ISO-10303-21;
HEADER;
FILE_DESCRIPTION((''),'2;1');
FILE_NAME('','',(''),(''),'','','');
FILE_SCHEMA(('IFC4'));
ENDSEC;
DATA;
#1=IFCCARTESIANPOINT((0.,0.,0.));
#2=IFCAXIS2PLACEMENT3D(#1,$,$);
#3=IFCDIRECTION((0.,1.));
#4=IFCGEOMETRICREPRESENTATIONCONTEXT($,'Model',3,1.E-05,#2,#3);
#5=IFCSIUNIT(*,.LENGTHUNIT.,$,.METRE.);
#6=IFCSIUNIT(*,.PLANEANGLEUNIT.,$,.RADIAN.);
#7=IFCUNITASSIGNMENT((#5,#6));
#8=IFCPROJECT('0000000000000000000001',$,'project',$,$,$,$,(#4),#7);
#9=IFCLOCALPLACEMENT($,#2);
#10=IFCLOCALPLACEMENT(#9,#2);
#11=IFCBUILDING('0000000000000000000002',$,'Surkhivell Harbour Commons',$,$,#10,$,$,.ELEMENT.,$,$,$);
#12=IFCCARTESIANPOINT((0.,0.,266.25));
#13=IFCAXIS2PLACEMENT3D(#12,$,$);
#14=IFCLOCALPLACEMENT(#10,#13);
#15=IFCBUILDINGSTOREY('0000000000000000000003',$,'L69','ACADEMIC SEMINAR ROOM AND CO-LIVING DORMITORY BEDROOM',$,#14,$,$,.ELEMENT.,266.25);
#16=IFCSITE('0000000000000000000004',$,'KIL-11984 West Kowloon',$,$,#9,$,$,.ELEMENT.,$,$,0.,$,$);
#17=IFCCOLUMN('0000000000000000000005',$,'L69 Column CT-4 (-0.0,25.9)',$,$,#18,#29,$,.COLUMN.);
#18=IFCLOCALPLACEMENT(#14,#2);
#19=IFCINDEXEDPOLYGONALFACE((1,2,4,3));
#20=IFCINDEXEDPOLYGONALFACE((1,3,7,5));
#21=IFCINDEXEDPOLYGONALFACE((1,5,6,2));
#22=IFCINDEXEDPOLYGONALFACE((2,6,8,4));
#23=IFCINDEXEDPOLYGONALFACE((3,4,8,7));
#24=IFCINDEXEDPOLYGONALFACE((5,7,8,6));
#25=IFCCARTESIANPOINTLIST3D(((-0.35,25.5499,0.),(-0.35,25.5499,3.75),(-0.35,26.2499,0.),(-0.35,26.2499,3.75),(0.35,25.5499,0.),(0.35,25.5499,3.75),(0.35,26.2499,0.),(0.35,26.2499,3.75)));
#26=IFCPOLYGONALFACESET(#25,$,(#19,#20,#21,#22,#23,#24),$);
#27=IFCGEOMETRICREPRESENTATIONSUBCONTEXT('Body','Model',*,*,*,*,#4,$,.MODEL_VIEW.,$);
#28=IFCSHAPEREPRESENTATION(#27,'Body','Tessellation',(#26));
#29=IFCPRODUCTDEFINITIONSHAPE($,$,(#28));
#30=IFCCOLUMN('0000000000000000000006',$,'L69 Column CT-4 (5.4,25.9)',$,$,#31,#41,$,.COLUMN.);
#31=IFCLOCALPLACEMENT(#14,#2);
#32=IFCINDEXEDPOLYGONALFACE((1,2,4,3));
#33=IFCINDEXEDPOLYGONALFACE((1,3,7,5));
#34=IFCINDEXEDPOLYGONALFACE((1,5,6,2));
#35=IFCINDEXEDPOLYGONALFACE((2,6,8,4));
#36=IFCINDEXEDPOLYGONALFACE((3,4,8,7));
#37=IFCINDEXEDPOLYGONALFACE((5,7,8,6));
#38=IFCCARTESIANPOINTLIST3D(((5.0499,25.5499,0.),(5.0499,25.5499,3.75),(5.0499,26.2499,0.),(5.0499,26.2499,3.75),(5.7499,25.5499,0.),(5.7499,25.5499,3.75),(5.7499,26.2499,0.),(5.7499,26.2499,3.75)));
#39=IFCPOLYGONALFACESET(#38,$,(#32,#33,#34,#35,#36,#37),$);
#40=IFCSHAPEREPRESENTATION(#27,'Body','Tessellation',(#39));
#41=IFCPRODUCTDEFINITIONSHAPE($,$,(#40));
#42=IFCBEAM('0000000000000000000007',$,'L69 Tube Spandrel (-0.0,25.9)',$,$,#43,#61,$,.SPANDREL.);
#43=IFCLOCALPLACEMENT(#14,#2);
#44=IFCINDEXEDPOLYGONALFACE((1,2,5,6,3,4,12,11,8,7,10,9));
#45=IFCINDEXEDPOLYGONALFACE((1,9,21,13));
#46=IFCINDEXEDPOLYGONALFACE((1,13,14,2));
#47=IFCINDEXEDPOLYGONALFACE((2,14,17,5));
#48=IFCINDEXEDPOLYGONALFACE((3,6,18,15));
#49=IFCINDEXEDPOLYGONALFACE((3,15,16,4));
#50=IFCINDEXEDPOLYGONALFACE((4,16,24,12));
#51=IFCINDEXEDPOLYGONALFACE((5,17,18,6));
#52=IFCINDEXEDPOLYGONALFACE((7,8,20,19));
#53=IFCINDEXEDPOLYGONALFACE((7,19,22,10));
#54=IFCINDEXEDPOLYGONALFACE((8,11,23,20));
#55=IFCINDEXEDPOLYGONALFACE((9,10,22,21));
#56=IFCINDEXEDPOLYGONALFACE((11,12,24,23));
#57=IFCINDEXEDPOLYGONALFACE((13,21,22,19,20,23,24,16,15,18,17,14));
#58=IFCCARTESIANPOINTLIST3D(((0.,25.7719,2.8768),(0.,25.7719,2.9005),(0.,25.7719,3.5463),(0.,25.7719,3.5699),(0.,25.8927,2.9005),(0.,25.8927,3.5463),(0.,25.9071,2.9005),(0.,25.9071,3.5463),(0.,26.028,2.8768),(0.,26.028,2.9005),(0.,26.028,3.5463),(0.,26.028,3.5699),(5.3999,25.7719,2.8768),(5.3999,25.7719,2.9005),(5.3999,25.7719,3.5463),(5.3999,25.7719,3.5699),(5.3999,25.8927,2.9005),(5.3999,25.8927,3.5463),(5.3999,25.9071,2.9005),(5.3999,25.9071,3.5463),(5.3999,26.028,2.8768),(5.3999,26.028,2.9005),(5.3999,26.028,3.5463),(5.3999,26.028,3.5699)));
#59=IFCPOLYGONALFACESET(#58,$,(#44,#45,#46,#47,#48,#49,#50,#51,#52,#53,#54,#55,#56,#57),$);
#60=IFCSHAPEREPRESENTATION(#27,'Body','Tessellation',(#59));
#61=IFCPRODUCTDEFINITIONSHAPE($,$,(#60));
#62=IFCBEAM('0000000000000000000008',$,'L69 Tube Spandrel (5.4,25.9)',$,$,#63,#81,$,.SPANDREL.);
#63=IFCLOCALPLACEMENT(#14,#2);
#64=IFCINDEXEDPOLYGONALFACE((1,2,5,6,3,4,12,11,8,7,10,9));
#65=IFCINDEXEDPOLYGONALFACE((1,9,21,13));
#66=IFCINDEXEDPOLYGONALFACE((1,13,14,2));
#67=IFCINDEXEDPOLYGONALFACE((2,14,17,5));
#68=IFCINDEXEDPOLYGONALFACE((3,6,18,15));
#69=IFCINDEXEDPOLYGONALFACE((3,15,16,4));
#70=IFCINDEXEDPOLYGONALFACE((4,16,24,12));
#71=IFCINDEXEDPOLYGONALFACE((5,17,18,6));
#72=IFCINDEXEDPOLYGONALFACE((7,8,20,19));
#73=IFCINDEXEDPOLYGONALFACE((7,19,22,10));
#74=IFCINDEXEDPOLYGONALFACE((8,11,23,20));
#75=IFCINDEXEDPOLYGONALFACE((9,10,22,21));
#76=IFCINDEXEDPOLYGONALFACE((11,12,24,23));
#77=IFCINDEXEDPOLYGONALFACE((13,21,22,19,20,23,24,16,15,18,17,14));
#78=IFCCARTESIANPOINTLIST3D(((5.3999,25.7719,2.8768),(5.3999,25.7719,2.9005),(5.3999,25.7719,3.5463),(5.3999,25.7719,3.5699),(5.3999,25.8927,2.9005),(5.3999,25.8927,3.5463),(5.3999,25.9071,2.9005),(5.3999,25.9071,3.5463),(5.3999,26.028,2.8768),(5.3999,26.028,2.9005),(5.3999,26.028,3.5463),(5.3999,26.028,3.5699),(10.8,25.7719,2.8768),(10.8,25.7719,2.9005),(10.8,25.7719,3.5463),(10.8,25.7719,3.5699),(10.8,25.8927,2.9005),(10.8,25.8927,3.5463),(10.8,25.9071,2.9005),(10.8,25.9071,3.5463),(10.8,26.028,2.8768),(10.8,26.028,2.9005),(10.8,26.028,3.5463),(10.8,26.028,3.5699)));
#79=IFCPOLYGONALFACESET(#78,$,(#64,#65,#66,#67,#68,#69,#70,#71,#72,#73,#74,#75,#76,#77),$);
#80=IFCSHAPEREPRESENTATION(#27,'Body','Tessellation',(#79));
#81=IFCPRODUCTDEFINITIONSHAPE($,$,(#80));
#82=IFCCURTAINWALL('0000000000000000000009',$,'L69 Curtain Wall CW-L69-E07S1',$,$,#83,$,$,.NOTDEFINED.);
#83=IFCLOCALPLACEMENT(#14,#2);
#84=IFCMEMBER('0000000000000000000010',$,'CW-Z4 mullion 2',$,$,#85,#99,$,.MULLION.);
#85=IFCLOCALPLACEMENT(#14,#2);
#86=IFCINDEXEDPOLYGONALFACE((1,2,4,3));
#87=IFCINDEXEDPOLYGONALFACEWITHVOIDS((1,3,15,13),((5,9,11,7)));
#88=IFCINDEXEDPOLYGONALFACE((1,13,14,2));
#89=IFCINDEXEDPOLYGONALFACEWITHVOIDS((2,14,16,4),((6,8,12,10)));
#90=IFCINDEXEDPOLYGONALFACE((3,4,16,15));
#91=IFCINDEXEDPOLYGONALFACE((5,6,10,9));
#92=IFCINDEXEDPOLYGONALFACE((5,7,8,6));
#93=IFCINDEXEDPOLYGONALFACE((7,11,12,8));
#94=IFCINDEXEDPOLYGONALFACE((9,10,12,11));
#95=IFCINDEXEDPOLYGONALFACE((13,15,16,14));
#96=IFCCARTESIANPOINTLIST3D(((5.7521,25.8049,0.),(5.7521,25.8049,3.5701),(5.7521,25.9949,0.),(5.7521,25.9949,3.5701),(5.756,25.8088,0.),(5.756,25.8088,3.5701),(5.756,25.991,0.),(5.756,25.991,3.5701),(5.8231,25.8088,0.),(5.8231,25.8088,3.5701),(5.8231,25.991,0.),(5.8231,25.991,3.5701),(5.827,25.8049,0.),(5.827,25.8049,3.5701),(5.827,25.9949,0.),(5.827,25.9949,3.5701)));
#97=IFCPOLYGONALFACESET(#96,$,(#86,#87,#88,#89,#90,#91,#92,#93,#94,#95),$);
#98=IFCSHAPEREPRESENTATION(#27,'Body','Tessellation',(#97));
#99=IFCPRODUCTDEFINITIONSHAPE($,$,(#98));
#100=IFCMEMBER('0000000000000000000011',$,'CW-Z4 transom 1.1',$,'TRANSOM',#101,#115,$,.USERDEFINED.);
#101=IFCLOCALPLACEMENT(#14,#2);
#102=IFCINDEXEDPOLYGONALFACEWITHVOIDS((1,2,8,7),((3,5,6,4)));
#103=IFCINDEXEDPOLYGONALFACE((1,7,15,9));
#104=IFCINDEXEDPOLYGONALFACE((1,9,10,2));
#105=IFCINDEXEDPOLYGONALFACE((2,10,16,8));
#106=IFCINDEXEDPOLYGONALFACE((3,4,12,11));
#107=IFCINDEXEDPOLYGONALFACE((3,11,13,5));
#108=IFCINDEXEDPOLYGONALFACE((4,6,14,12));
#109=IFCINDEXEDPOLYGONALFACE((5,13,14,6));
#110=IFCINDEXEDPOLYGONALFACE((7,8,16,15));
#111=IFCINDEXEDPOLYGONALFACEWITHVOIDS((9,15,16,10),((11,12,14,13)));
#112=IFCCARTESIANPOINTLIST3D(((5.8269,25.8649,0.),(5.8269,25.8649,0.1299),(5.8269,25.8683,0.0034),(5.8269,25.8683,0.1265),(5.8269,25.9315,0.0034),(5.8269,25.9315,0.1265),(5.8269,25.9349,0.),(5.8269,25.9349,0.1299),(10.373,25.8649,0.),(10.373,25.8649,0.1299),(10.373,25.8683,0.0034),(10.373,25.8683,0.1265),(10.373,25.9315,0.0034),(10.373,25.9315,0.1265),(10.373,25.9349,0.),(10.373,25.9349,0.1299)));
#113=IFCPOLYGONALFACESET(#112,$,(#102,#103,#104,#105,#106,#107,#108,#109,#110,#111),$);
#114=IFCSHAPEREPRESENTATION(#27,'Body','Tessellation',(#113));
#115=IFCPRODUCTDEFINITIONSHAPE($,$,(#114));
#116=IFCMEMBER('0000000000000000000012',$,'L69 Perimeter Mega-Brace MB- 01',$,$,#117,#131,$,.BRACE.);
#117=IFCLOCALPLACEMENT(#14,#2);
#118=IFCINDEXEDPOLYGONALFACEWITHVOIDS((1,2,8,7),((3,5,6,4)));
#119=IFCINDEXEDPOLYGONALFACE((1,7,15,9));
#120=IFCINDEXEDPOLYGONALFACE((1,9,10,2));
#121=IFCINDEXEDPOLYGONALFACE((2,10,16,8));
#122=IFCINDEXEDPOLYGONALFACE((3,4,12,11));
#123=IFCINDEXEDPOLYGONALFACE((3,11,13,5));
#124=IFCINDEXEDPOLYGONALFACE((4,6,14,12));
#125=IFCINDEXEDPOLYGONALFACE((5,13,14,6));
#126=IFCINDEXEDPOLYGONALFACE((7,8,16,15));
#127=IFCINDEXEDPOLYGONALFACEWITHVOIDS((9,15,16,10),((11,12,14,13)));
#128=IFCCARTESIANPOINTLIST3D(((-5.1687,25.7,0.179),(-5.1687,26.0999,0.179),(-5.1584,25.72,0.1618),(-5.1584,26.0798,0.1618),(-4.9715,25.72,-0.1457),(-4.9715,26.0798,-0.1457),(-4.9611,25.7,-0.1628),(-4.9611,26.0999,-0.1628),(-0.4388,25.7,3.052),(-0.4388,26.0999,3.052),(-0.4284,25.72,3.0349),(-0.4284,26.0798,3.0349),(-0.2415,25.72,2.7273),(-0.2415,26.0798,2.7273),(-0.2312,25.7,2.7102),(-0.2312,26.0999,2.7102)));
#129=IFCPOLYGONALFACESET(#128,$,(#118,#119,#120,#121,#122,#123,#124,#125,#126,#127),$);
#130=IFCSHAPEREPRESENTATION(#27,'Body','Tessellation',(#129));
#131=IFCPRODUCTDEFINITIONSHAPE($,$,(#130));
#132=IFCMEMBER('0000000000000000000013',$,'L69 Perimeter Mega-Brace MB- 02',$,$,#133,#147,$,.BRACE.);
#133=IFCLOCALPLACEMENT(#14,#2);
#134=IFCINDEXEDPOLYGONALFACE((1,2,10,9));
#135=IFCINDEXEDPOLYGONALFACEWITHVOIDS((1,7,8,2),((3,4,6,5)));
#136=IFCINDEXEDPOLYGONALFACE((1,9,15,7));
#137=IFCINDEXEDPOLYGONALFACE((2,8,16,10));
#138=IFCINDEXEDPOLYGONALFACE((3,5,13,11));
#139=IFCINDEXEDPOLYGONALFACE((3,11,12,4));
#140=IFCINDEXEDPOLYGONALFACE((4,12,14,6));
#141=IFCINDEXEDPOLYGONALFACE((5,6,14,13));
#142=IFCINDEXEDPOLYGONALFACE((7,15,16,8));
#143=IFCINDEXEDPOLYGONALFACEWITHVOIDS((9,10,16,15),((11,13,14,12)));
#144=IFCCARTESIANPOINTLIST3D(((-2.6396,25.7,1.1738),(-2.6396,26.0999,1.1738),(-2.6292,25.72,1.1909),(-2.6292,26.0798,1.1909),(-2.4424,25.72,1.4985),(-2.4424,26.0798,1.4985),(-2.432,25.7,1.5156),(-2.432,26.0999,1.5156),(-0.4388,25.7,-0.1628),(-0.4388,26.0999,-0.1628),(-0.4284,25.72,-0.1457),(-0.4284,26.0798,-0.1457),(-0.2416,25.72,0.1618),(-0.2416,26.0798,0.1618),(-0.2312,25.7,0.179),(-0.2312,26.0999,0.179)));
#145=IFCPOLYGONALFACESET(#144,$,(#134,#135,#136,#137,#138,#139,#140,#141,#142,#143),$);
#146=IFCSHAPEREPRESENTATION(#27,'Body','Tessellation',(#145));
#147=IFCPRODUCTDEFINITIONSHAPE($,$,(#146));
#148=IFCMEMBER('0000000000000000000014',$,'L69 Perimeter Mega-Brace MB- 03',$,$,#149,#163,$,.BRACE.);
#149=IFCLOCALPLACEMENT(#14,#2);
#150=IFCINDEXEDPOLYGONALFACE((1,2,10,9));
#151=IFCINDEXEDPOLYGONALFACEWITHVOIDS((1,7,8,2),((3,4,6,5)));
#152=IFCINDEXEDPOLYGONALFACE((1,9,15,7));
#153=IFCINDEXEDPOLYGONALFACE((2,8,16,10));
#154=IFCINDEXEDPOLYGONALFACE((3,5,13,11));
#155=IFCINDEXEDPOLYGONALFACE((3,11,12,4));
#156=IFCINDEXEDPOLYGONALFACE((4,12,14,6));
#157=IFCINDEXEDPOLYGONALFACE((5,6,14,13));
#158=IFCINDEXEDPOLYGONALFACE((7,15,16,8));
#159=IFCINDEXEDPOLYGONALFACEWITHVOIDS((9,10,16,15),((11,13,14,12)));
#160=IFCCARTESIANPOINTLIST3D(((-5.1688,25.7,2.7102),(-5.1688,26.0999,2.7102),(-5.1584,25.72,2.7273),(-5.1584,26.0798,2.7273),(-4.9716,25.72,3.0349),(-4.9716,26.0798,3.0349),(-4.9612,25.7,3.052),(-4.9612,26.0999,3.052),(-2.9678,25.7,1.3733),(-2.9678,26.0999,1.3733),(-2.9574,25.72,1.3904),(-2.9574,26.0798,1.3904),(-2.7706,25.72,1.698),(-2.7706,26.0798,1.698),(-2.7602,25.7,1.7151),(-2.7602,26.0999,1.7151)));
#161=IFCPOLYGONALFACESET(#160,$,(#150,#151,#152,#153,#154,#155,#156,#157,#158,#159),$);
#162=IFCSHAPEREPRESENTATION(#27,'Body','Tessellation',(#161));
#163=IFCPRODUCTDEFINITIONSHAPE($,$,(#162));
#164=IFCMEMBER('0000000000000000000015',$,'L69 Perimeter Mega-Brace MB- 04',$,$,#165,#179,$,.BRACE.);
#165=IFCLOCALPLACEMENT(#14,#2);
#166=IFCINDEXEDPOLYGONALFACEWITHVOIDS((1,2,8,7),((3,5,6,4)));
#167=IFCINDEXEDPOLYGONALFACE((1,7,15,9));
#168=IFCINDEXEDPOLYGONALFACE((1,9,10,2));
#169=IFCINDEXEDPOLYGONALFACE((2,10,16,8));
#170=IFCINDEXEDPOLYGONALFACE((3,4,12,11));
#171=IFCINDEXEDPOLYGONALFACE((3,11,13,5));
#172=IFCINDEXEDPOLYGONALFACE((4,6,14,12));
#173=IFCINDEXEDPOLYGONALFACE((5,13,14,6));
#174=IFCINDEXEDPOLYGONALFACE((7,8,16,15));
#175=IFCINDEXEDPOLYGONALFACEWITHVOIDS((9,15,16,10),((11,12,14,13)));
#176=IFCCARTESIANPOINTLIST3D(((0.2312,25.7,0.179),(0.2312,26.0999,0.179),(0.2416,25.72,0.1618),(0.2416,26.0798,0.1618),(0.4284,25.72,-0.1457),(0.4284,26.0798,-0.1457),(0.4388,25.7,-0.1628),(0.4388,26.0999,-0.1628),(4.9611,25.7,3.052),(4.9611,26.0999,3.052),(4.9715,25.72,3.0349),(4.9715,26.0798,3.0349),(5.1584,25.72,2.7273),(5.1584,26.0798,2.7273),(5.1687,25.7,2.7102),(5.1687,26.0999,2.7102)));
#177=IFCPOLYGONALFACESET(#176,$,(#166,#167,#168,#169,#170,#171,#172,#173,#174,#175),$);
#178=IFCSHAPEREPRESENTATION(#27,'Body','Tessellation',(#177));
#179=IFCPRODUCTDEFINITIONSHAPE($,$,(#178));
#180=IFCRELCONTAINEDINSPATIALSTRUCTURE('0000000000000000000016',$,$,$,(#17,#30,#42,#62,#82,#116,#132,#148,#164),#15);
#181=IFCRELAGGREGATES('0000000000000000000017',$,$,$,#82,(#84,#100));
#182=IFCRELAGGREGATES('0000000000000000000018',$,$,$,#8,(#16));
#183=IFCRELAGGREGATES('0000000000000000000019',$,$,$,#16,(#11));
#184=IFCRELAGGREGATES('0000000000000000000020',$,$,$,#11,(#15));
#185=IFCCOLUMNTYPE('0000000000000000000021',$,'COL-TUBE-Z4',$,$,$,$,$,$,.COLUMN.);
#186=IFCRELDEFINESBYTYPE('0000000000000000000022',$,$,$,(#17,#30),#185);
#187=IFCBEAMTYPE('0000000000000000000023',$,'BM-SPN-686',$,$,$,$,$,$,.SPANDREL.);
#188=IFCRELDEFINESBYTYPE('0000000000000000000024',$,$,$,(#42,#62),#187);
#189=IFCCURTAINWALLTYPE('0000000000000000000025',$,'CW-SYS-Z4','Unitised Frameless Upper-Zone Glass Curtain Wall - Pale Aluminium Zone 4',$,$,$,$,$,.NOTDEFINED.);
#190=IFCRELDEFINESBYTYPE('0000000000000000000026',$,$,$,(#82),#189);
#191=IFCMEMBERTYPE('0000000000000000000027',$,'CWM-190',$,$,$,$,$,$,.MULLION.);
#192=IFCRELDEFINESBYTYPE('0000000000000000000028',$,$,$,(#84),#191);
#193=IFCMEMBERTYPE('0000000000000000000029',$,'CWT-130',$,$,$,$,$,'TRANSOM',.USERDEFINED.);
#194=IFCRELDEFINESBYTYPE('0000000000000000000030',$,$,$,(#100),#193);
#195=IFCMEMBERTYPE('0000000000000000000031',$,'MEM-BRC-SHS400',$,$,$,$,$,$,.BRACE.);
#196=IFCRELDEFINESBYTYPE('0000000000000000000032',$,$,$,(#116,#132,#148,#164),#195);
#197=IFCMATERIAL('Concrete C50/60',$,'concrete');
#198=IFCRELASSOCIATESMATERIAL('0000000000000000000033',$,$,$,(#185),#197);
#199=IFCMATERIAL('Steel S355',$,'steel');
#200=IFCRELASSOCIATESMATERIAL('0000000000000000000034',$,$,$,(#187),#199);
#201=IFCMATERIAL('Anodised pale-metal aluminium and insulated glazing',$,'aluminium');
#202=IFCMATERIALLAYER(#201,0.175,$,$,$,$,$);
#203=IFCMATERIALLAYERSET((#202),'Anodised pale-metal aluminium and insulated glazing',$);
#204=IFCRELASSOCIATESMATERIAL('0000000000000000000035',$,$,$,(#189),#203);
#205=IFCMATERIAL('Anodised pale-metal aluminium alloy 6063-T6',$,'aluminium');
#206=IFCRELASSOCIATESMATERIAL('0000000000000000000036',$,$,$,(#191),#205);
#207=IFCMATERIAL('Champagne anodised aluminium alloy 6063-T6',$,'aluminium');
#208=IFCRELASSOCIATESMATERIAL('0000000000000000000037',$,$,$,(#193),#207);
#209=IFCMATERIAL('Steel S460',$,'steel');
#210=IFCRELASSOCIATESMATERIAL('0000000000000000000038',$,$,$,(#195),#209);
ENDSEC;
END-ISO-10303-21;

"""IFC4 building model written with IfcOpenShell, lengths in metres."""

from ifc_helpers import new_model, si_unit, direction, frame, origin, origin_2d, place, context, subcontext, project, spatial, rectangle, hollow_rectangle, i_section, extrude, material, layer, layer_set, material_profile, profile_set, type_object, element, aggregate, save


model = new_model("IFC4")

# Units and contexts
model_context = context("Model", 3, precision=1e-05, world=origin(), true_north=direction((0.0, 1.0)))
body_context = subcontext(model_context, "Body", "Model", "MODEL_VIEW")
ifc_project = project(units=[si_unit("LENGTHUNIT", "METRE"), si_unit("PLANEANGLEUNIT", "RADIAN")], contexts=[model_context])

# Site, building, storey
site_placement = place(None, origin())
site = spatial("IfcSite", under=ifc_project, at=site_placement, Name="KIL-11984 West Kowloon", CompositionType="ELEMENT", RefElevation=0.0)
building_placement = place(site_placement, origin())
building = spatial("IfcBuilding", under=site, at=building_placement, Name="Surkhivell Harbour Commons", CompositionType="ELEMENT")
storey_placement = place(building_placement, frame((0.0, 0.0, 266.25)))
storey = spatial("IfcBuildingStorey", under=building, at=storey_placement, Name="L69", Description="ACADEMIC SEMINAR ROOM AND CO-LIVING DORMITORY BEDROOM", CompositionType="ELEMENT", Elevation=266.25)

# Columns
ifc_material_1 = material(Name="Concrete C50/60", Category="concrete")
ifc_material_profile_1 = material_profile(ifc_material_1, rectangle(XDim=0.7, YDim=0.7, at=origin_2d()), Name="RC-COL-700x700")
ifc_profile_set_1 = profile_set([ifc_material_profile_1], Name="Concrete C50/60")
column_type = type_object("IfcColumnType", Name="COL-TUBE-Z4", PredefinedType="COLUMN", material=ifc_profile_set_1)
for number, where, z_axis, x_axis, name in (
    (1, (0.0, 25.8999, 0.0), (0.0, 0.0, 1.0), (1.0, 0.0, 0.0), "L69 Column CT-4 (-0.0,25.9)"),
    (2, (5.3999, 25.8999, 0.0), (0.0, 0.0, 1.0), (1.0, 0.0, 0.0), "L69 Column CT-4 (5.4,25.9)"),
):
    element("IfcColumn", number, at=place(storey_placement, frame(where, z_axis=z_axis, x_axis=x_axis)), inside=storey, type_object=column_type, Name=name, PredefinedType="COLUMN", context=body_context, shape_type="SweptSolid", body=[
        extrude(rectangle(XDim=0.7, YDim=0.7, at=origin_2d()), origin(), (0.0, 0.0, 1.0), 3.75),
    ])

# Beams
ifc_material_2 = material(Name="Steel S355", Category="steel")
ifc_material_profile_2 = material_profile(ifc_material_2, i_section(OverallWidth=0.2561, OverallDepth=0.6931, WebThickness=0.0144, FlangeThickness=0.0237, at=origin_2d()), Name="UB686x254x170")
ifc_profile_set_2 = profile_set([ifc_material_profile_2], Name="Steel S355")
beam_type = type_object("IfcBeamType", Name="BM-SPN-686", PredefinedType="SPANDREL", material=ifc_profile_set_2)
beam_1_placement = place(storey_placement, frame((0.0, 25.8999, 3.2234), z_axis=(1.0, 0.0, 0.0), x_axis=(0.0, 1.0, 0.0)))
element("IfcBeam", 3, at=beam_1_placement, inside=storey, type_object=beam_type, Name="L69 Tube Spandrel (-0.0,25.9)", PredefinedType="SPANDREL", context=body_context, shape_type="SweptSolid", body=[
    extrude(i_section(OverallWidth=0.2561, OverallDepth=0.6931, WebThickness=0.0144, FlangeThickness=0.0237, at=origin_2d()), origin(), (0.0, 0.0, 1.0), 5.3999),
])
beam_2_placement = place(storey_placement, frame((5.3999, 25.8999, 3.2234), z_axis=(1.0, 0.0, 0.0), x_axis=(0.0, 1.0, 0.0)))
element("IfcBeam", 4, at=beam_2_placement, inside=storey, type_object=beam_type, Name="L69 Tube Spandrel (5.4,25.9)", PredefinedType="SPANDREL", context=body_context, shape_type="SweptSolid", body=[
    extrude(i_section(OverallWidth=0.2561, OverallDepth=0.6931, WebThickness=0.0144, FlangeThickness=0.0237, at=origin_2d()), origin(), (0.0, 0.0, 1.0), 5.4001),
])

# Curtain wall, members
ifc_material_3 = material(Name="Anodised pale-metal aluminium and insulated glazing", Category="aluminium")
ifc_layer_1 = layer(ifc_material_3, 0.175)
ifc_layer_set_1 = layer_set([ifc_layer_1], Name="Anodised pale-metal aluminium and insulated glazing")
curtain_wall_type = type_object("IfcCurtainWallType", Name="CW-SYS-Z4", Description="Unitised Frameless Upper-Zone Glass Curtain Wall - Pale Aluminium Zone 4", PredefinedType="NOTDEFINED", material=ifc_layer_set_1)
curtain_wall_placement = place(storey_placement, origin())
curtain_wall = element("IfcCurtainWall", 5, at=curtain_wall_placement, inside=storey, type_object=curtain_wall_type, Name="L69 Curtain Wall CW-L69-E07S1", PredefinedType="NOTDEFINED")
ifc_material_4 = material(Name="Anodised pale-metal aluminium alloy 6063-T6", Category="aluminium")
ifc_material_profile_3 = material_profile(ifc_material_4, hollow_rectangle(XDim=0.075, YDim=0.1899, WallThickness=0.0039, at=origin_2d()), Name="ALU-MULL-75x190")
ifc_profile_set_3 = profile_set([ifc_material_profile_3], Name="Anodised pale-metal aluminium alloy 6063-T6")
member_type_1 = type_object("IfcMemberType", Name="CWM-190", PredefinedType="MULLION", material=ifc_profile_set_3)
member_1_placement = place(storey_placement, frame((5.7896, 25.8999, 0.0), z_axis=(0.0, 0.0, 1.0), x_axis=(-1.0, 0.0, 0.0)))
member_1 = element("IfcMember", 6, at=member_1_placement, type_object=member_type_1, Name="CW-Z4 mullion 2", PredefinedType="MULLION", context=body_context, shape_type="SweptSolid", body=[
    extrude(hollow_rectangle(XDim=0.075, YDim=0.1899, WallThickness=0.0039, at=origin_2d()), origin(), (0.0, 0.0, 1.0), 3.5701),
])
ifc_material_5 = material(Name="Champagne anodised aluminium alloy 6063-T6", Category="aluminium")
ifc_material_profile_4 = material_profile(ifc_material_5, hollow_rectangle(XDim=0.0701, YDim=0.1299, WallThickness=0.0034, at=origin_2d()), Name="ALU-TRAN-70x130")
ifc_profile_set_4 = profile_set([ifc_material_profile_4], Name="Champagne anodised aluminium alloy 6063-T6")
member_type_2 = type_object("IfcMemberType", Name="CWT-130", ElementType="TRANSOM", PredefinedType="USERDEFINED", material=ifc_profile_set_4)
member_2_placement = place(storey_placement, frame((10.373, 25.8999, 0.0649), z_axis=(-1.0, 0.0, 0.0), x_axis=(0.0, -1.0, 0.0)))
member_2 = element("IfcMember", 7, at=member_2_placement, type_object=member_type_2, Name="CW-Z4 transom 1.1", ObjectType="TRANSOM", PredefinedType="USERDEFINED", context=body_context, shape_type="SweptSolid", body=[
    extrude(hollow_rectangle(XDim=0.0701, YDim=0.1299, WallThickness=0.0034, at=origin_2d()), origin(), (0.0, 0.0, 1.0), 4.5461),
])
aggregate(curtain_wall, [member_1, member_2])

# Members
ifc_material_6 = material(Name="Steel S460", Category="steel")
ifc_material_profile_5 = material_profile(ifc_material_6, hollow_rectangle(XDim=0.3999, YDim=0.3999, WallThickness=0.02, at=origin_2d()), Name="SHS400x400x20")
ifc_profile_set_5 = profile_set([ifc_material_profile_5], Name="Steel S460")
member_type_3 = type_object("IfcMemberType", Name="MEM-BRC-SHS400", PredefinedType="BRACE", material=ifc_profile_set_5)
member_3_placement = place(storey_placement, frame((-5.0649, 25.8999, 0.0081), z_axis=(0.854685, 0.0, 0.519146), x_axis=(0.0, 1.0, 0.0)))
element("IfcMember", 8, at=member_3_placement, inside=storey, type_object=member_type_3, Name="L69 Perimeter Mega-Brace MB- 01", PredefinedType="BRACE", context=body_context, shape_type="SweptSolid", body=[
    extrude(hollow_rectangle(XDim=0.3999, YDim=0.3999, WallThickness=0.02, at=origin_2d()), origin(), (0.0, 0.0, 1.0), 5.5342),
])
member_4_placement = place(storey_placement, frame((-0.335, 25.8999, 0.0081), z_axis=(-0.85472, 0.0, 0.519089), x_axis=(0.0, -1.0, 0.0)))
element("IfcMember", 9, at=member_4_placement, inside=storey, type_object=member_type_3, Name="L69 Perimeter Mega-Brace MB- 02", PredefinedType="BRACE", context=body_context, shape_type="SweptSolid", body=[
    extrude(hollow_rectangle(XDim=0.3999, YDim=0.3999, WallThickness=0.02, at=origin_2d()), origin(), (0.0, 0.0, 1.0), 2.575),
])
member_5_placement = place(storey_placement, frame((-2.864, 25.8999, 1.5442), z_axis=(-0.854678, 0.0, 0.519159), x_axis=(0.0, -1.0, 0.0)))
element("IfcMember", 10, at=member_5_placement, inside=storey, type_object=member_type_3, Name="L69 Perimeter Mega-Brace MB- 03", PredefinedType="BRACE", context=body_context, shape_type="SweptSolid", body=[
    extrude(hollow_rectangle(XDim=0.3999, YDim=0.3999, WallThickness=0.02, at=origin_2d()), origin(), (0.0, 0.0, 1.0), 2.5752),
])
member_6_placement = place(storey_placement, frame((0.335, 25.8999, 0.0081), z_axis=(0.854685, 0.0, 0.519146), x_axis=(0.0, 1.0, 0.0)))
element("IfcMember", 11, at=member_6_placement, inside=storey, type_object=member_type_3, Name="L69 Perimeter Mega-Brace MB- 04", PredefinedType="BRACE", context=body_context, shape_type="SweptSolid", body=[
    extrude(hollow_rectangle(XDim=0.3999, YDim=0.3999, WallThickness=0.02, at=origin_2d()), origin(), (0.0, 0.0, 1.0), 5.5342),
])

save(model, "model.ifc")
